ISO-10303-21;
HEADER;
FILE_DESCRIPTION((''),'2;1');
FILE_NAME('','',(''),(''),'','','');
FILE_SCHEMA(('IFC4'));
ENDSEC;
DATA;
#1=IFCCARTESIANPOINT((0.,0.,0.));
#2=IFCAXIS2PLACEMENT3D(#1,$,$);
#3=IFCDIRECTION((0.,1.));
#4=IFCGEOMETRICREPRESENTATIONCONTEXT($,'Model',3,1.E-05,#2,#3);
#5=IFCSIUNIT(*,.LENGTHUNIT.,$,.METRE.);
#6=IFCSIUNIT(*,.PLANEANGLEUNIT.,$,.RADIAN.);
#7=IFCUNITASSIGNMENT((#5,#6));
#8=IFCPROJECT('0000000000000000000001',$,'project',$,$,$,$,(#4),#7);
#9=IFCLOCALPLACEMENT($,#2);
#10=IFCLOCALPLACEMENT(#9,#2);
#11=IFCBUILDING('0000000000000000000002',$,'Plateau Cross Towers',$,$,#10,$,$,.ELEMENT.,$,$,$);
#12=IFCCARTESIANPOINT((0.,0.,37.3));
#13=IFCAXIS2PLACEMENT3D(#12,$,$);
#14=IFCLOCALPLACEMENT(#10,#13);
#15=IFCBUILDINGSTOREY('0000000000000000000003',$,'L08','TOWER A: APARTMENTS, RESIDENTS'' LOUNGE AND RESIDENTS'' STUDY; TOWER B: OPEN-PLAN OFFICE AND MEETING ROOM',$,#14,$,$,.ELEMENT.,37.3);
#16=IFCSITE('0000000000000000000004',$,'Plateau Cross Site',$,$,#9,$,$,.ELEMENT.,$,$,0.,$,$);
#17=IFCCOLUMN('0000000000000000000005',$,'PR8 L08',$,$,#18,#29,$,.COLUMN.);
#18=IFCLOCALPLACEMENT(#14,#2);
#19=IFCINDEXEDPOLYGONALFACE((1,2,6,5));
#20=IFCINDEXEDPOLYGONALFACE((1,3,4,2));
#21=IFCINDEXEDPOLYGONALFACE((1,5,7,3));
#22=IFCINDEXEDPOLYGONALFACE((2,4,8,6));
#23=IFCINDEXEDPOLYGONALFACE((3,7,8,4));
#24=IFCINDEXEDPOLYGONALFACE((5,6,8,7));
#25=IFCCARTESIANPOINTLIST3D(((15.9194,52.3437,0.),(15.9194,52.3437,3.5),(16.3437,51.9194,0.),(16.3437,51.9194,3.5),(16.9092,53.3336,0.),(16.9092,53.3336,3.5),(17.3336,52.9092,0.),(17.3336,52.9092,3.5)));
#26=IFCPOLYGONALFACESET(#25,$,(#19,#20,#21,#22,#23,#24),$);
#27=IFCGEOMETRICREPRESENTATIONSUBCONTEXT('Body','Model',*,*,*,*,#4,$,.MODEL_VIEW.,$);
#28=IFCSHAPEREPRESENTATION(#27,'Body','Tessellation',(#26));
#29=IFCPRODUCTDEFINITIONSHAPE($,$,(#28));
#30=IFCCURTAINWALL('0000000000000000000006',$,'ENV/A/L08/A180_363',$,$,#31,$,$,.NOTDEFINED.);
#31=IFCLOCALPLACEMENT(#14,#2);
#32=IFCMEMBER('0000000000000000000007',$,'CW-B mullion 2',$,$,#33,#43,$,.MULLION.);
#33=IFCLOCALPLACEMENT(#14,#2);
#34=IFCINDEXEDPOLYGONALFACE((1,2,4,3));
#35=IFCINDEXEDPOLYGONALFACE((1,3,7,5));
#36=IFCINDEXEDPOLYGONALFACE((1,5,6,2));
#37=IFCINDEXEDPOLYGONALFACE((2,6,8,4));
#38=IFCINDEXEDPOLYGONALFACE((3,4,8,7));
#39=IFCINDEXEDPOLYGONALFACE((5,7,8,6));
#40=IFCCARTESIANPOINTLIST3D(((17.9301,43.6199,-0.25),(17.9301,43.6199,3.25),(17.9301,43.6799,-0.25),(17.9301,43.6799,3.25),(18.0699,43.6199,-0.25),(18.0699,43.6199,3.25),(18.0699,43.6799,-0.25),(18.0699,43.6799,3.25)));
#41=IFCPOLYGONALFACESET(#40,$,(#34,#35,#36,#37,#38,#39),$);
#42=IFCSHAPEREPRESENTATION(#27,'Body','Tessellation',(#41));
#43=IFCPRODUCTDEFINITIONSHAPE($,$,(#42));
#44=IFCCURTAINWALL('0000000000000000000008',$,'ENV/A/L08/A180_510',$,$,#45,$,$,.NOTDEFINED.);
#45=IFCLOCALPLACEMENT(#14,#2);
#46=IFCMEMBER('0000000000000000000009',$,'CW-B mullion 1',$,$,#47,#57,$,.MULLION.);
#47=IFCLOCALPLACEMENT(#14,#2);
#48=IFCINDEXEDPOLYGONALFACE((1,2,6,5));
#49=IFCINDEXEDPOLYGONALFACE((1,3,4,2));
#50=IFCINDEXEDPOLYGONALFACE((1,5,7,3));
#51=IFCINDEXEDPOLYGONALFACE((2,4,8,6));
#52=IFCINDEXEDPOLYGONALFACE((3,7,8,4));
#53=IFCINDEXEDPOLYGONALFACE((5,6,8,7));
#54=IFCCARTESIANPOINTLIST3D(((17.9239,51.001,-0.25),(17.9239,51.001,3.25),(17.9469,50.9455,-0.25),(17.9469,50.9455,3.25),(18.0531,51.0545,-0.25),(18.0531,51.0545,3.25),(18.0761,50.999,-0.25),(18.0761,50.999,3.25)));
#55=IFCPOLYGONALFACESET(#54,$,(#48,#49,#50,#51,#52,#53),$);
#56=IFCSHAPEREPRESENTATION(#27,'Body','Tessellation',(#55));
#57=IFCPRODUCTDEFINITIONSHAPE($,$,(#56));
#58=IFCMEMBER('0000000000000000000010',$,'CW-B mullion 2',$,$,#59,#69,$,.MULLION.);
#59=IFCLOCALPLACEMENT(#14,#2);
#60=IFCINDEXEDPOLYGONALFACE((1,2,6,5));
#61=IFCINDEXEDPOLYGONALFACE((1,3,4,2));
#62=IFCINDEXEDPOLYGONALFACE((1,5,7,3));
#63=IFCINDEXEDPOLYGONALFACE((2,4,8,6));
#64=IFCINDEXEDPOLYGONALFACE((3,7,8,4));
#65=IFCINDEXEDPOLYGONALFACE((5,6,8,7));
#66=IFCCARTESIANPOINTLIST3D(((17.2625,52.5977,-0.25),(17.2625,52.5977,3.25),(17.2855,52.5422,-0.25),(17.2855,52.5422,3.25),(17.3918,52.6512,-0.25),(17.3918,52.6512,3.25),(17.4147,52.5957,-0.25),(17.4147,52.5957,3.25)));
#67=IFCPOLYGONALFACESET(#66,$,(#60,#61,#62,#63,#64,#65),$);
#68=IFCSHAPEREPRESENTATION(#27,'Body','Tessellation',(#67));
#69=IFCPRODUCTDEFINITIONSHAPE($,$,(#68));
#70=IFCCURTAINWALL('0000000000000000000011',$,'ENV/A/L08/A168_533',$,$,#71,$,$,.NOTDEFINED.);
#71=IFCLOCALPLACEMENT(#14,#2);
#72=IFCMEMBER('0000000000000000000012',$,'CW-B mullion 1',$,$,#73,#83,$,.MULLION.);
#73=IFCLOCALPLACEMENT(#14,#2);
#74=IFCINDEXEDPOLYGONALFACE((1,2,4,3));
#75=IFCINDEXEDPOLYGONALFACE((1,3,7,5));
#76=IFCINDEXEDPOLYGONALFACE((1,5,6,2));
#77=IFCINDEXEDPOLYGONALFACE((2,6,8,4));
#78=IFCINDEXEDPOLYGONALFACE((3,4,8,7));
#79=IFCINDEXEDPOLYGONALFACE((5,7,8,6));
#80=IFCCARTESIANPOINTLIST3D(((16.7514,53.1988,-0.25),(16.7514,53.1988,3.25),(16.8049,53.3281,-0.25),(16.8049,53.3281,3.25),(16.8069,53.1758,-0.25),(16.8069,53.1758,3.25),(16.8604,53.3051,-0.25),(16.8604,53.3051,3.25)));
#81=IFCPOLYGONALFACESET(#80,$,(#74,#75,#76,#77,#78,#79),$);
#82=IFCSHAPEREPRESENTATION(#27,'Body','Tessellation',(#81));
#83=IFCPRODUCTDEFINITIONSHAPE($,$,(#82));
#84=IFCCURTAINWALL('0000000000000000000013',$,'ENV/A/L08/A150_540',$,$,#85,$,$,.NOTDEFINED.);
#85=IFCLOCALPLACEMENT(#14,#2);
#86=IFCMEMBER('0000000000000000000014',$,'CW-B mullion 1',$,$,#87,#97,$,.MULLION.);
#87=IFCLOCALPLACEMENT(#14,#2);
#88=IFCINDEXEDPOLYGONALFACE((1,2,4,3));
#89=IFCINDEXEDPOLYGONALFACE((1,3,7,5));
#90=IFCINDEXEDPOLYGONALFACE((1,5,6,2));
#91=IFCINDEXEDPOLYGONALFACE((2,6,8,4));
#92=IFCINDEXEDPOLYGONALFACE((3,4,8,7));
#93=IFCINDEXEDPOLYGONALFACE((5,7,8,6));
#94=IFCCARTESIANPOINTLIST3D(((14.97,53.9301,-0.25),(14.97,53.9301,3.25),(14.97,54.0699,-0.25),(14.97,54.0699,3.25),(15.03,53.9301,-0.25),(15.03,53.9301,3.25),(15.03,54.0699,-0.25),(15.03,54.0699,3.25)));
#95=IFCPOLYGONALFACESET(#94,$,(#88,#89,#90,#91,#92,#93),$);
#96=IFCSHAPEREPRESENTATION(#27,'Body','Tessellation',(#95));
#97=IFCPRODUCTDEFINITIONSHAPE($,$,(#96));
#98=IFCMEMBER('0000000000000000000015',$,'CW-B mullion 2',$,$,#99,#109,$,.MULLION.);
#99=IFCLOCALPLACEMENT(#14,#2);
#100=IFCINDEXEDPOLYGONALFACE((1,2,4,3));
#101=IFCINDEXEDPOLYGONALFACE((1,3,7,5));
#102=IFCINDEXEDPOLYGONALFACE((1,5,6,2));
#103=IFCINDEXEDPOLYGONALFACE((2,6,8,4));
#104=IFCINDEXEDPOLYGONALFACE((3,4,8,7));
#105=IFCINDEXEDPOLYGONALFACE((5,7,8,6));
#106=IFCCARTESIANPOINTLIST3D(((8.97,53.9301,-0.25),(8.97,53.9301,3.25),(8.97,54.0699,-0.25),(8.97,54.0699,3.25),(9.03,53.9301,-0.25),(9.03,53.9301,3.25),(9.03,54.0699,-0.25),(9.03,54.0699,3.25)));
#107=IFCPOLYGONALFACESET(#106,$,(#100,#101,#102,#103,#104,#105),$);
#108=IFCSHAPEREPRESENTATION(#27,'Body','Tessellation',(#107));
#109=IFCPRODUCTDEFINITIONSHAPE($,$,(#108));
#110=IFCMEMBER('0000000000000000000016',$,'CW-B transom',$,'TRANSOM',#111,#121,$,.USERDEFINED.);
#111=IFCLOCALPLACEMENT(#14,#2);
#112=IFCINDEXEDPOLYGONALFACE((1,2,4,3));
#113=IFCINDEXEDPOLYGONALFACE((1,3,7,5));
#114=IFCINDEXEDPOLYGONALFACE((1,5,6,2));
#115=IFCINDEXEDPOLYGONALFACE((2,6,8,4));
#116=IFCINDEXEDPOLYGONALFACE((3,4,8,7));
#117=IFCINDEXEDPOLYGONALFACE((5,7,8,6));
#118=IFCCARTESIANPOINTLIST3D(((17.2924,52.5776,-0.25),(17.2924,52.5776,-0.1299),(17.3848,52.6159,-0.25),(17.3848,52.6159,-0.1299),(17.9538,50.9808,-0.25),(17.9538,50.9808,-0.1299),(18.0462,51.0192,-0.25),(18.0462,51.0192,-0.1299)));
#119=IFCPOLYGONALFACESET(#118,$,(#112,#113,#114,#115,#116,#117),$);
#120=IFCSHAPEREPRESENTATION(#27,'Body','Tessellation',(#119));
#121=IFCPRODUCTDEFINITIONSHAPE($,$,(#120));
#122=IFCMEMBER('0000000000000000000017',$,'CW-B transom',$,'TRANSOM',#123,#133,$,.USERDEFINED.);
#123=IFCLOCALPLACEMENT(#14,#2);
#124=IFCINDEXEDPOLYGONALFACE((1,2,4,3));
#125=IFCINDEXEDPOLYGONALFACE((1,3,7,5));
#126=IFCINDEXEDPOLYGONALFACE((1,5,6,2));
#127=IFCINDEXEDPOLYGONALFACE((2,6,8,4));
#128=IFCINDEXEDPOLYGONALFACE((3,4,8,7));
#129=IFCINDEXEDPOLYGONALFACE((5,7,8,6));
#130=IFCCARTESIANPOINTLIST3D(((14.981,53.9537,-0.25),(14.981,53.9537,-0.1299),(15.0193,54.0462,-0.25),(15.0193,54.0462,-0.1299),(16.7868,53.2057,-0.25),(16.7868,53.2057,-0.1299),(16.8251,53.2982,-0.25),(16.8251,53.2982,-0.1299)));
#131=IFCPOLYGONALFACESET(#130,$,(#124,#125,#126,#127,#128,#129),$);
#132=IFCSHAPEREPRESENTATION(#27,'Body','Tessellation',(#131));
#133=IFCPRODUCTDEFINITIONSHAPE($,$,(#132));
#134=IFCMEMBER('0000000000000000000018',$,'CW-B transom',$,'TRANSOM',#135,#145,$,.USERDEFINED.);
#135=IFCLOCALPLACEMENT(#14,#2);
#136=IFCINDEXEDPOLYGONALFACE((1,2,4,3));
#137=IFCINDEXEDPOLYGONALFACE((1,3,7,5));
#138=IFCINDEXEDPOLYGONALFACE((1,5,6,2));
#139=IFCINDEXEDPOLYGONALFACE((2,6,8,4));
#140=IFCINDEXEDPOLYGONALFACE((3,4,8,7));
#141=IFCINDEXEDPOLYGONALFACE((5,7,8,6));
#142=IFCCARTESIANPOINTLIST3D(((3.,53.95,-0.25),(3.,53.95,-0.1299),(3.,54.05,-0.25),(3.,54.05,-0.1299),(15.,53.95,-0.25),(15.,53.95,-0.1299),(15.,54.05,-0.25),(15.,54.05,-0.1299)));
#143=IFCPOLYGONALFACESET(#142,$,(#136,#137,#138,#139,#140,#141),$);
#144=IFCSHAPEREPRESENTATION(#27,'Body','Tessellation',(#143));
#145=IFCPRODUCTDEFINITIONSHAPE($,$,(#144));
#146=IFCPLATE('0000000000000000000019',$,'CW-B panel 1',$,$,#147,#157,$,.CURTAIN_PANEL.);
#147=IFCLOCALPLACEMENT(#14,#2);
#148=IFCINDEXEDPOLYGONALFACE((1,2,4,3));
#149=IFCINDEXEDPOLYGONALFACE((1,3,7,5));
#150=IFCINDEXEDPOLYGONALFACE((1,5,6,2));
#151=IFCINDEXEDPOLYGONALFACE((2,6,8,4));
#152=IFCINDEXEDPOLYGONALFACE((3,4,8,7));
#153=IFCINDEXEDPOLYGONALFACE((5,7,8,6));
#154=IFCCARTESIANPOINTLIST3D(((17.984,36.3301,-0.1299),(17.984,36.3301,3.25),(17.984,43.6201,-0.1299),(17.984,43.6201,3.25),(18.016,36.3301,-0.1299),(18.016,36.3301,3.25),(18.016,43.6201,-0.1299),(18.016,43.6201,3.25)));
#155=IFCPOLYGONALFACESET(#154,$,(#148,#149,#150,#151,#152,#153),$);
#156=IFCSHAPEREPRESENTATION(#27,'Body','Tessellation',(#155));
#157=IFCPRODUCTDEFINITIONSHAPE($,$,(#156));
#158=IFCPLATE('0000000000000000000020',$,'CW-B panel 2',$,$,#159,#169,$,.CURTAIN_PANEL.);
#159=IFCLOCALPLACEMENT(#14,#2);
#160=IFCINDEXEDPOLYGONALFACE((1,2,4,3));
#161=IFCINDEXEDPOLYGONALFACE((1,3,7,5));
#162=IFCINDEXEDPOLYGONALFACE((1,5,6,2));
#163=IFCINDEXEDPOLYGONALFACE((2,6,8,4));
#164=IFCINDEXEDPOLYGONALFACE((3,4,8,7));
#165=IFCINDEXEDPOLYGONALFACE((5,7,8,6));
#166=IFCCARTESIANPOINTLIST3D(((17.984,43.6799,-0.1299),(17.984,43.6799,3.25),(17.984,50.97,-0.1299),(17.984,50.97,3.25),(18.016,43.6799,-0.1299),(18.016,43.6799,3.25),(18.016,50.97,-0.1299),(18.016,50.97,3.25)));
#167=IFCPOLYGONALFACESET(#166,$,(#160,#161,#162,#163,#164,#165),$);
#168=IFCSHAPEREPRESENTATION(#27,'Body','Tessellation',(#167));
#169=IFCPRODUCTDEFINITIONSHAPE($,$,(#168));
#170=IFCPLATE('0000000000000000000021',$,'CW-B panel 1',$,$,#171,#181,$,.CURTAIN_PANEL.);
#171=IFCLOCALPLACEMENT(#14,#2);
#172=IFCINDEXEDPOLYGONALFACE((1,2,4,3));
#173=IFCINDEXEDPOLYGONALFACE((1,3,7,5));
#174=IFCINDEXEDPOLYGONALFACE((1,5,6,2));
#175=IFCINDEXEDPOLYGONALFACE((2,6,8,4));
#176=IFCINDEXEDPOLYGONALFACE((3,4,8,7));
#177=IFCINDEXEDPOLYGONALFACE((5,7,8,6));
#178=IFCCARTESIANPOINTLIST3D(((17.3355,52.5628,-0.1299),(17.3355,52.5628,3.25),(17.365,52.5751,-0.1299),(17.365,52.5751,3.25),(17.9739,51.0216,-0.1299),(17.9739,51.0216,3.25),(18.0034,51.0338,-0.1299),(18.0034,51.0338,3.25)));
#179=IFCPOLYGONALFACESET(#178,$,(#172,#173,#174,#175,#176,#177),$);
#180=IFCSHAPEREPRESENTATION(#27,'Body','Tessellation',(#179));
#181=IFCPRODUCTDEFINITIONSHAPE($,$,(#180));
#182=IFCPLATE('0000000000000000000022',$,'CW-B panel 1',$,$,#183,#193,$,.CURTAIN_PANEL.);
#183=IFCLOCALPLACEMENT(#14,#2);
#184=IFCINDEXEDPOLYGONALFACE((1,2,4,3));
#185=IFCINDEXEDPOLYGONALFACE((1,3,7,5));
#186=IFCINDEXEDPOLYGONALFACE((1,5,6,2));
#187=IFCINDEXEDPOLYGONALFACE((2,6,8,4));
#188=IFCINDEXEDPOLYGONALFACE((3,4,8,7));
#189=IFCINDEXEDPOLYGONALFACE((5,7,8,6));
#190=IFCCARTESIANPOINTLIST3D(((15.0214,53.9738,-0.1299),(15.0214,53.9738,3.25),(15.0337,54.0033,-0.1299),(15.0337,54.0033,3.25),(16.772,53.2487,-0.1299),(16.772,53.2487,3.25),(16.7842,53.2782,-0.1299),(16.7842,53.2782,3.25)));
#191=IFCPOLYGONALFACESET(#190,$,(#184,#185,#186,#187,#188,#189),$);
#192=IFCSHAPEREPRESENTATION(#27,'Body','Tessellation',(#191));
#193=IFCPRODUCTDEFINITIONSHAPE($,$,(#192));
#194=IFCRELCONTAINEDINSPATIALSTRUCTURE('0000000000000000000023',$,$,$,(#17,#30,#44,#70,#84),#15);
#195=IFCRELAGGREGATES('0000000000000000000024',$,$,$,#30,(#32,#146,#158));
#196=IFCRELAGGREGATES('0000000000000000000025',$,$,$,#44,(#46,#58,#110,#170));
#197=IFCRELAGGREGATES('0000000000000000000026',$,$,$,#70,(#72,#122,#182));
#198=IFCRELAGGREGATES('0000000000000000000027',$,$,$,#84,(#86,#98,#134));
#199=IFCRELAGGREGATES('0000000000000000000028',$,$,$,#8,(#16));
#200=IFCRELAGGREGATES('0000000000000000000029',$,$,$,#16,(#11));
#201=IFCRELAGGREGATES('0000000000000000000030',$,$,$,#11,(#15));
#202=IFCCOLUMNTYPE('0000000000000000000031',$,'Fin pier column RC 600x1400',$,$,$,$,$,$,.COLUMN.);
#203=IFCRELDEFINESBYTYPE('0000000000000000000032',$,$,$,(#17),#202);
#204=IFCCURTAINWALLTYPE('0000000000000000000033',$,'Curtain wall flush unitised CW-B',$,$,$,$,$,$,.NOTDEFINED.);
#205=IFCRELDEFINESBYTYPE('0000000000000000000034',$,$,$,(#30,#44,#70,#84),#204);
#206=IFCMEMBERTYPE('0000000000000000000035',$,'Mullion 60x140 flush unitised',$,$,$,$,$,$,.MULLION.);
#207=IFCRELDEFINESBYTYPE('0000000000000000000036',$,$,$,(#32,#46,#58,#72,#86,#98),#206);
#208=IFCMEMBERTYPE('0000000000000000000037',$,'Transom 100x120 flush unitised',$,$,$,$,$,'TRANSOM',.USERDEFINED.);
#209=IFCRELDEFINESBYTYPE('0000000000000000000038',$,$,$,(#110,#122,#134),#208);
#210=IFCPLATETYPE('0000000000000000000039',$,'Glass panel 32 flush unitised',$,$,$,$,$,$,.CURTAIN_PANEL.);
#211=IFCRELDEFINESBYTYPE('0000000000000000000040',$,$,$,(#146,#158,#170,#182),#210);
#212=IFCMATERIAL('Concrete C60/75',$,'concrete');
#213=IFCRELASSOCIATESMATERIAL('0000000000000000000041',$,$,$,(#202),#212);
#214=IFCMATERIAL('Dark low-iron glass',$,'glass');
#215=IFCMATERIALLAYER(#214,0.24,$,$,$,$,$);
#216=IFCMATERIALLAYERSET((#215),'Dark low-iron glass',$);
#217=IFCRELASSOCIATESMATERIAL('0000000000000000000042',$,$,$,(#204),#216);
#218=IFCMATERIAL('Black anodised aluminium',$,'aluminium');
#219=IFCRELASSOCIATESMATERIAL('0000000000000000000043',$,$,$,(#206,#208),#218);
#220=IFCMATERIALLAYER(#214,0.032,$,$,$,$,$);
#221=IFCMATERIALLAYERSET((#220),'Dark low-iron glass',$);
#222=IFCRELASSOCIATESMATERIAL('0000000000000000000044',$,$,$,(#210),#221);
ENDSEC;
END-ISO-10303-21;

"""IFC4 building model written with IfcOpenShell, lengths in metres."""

from ifc_helpers import new_model, si_unit, direction, frame, origin, origin_2d, place, context, subcontext, project, spatial, rectangle, extrude, material, layer, layer_set, material_profile, profile_set, type_object, element, aggregate, save


model = new_model("IFC4")

# Units and contexts
model_context = context("Model", 3, precision=1e-05, world=origin(), true_north=direction((0.0, 1.0)))
body_context = subcontext(model_context, "Body", "Model", "MODEL_VIEW")
ifc_project = project(units=[si_unit("LENGTHUNIT", "METRE"), si_unit("PLANEANGLEUNIT", "RADIAN")], contexts=[model_context])

# Site, building, storey
site_placement = place(None, origin())
site = spatial("IfcSite", under=ifc_project, at=site_placement, Name="Plateau Cross Site", CompositionType="ELEMENT", RefElevation=0.0)
building_placement = place(site_placement, origin())
building = spatial("IfcBuilding", under=site, at=building_placement, Name="Plateau Cross Towers", CompositionType="ELEMENT")
storey_placement = place(building_placement, frame((0.0, 0.0, 37.3)))
storey = spatial("IfcBuildingStorey", under=building, at=storey_placement, Name="L08", Description="TOWER A: APARTMENTS, RESIDENTS' LOUNGE AND RESIDENTS' STUDY; TOWER B: OPEN-PLAN OFFICE AND MEETING ROOM", CompositionType="ELEMENT", Elevation=37.3)

# Column
ifc_material_1 = material(Name="Concrete C60/75", Category="concrete")
ifc_material_profile_1 = material_profile(ifc_material_1, rectangle(XDim=0.6001, YDim=1.3999, at=origin_2d()), Name="RC 600x1400")
ifc_profile_set_1 = profile_set([ifc_material_profile_1], Name="Concrete C60/75")
column_type = type_object("IfcColumnType", Name="Fin pier column RC 600x1400", PredefinedType="COLUMN", material=ifc_profile_set_1)
column_placement = place(storey_placement, frame((16.6265, 52.6265, 0.0), z_axis=(0.0, 0.0, 1.0), x_axis=(-0.707107, 0.707107, 0.0)))
element("IfcColumn", 1, at=column_placement, inside=storey, type_object=column_type, Name="PR8 L08", PredefinedType="COLUMN", context=body_context, shape_type="SweptSolid", body=[
    extrude(rectangle(XDim=0.6001, YDim=1.3999, at=origin_2d()), origin(), (0.0, 0.0, 1.0), 3.5),
])

# Curtain wall, member
ifc_material_2 = material(Name="Dark low-iron glass", Category="glass")
ifc_layer_1 = layer(ifc_material_2, 0.24)
ifc_layer_set_1 = layer_set([ifc_layer_1], Name="Dark low-iron glass")
curtain_wall_type = type_object("IfcCurtainWallType", Name="Curtain wall flush unitised CW-B", PredefinedType="NOTDEFINED", material=ifc_layer_set_1)
curtain_wall_1_placement = place(storey_placement, origin())
curtain_wall_1 = element("IfcCurtainWall", 2, at=curtain_wall_1_placement, inside=storey, type_object=curtain_wall_type, Name="ENV/A/L08/A180_363", PredefinedType="NOTDEFINED")
ifc_material_3 = material(Name="Black anodised aluminium", Category="aluminium")
ifc_material_profile_2 = material_profile(ifc_material_3, rectangle(XDim=0.0601, YDim=0.1399, at=origin_2d()), Name="MULLION 60x140")
ifc_profile_set_2 = profile_set([ifc_material_profile_2], Name="Black anodised aluminium")
member_type_1 = type_object("IfcMemberType", Name="Mullion 60x140 flush unitised", PredefinedType="MULLION", material=ifc_profile_set_2)
member_1_placement = place(storey_placement, frame((18.0, 43.6499, -0.25), z_axis=(0.0, 0.0, 1.0), x_axis=(0.0, 1.0, 0.0)))
member_1 = element("IfcMember", 3, at=member_1_placement, type_object=member_type_1, Name="CW-B mullion 2", PredefinedType="MULLION", context=body_context, shape_type="SweptSolid", body=[
    extrude(rectangle(XDim=0.0601, YDim=0.1399, at=origin_2d()), origin(), (0.0, 0.0, 1.0), 3.5),
])

# Curtain wall, members
curtain_wall_2_placement = place(storey_placement, origin())
curtain_wall_2 = element("IfcCurtainWall", 4, at=curtain_wall_2_placement, inside=storey, type_object=curtain_wall_type, Name="ENV/A/L08/A180_510", PredefinedType="NOTDEFINED")
member_2_placement = place(storey_placement, frame((18.0, 51.0, -0.25), z_axis=(0.0, 0.0, 1.0), x_axis=(-0.382684, 0.923879, 0.0)))
member_2 = element("IfcMember", 5, at=member_2_placement, type_object=member_type_1, Name="CW-B mullion 1", PredefinedType="MULLION", context=body_context, shape_type="SweptSolid", body=[
    extrude(rectangle(XDim=0.0601, YDim=0.1399, at=origin_2d()), origin(), (0.0, 0.0, 1.0), 3.5),
])
member_3_placement = place(storey_placement, frame((17.3386, 52.5967, -0.25), z_axis=(0.0, 0.0, 1.0), x_axis=(-0.382684, 0.923879, 0.0)))
member_3 = element("IfcMember", 6, at=member_3_placement, type_object=member_type_1, Name="CW-B mullion 2", PredefinedType="MULLION", context=body_context, shape_type="SweptSolid", body=[
    extrude(rectangle(XDim=0.0601, YDim=0.1399, at=origin_2d()), origin(), (0.0, 0.0, 1.0), 3.5),
])

# Curtain wall, member
curtain_wall_3_placement = place(storey_placement, origin())
curtain_wall_3 = element("IfcCurtainWall", 7, at=curtain_wall_3_placement, inside=storey, type_object=curtain_wall_type, Name="ENV/A/L08/A168_533", PredefinedType="NOTDEFINED")
member_4_placement = place(storey_placement, frame((16.8059, 53.252, -0.25), z_axis=(0.0, 0.0, 1.0), x_axis=(-0.923879, 0.382684, 0.0)))
member_4 = element("IfcMember", 8, at=member_4_placement, type_object=member_type_1, Name="CW-B mullion 1", PredefinedType="MULLION", context=body_context, shape_type="SweptSolid", body=[
    extrude(rectangle(XDim=0.0601, YDim=0.1399, at=origin_2d()), origin(), (0.0, 0.0, 1.0), 3.5),
])

# Curtain wall, members
curtain_wall_4_placement = place(storey_placement, origin())
curtain_wall_4 = element("IfcCurtainWall", 9, at=curtain_wall_4_placement, inside=storey, type_object=curtain_wall_type, Name="ENV/A/L08/A150_540", PredefinedType="NOTDEFINED")
member_5_placement = place(storey_placement, frame((15.0, 54.0, -0.25), z_axis=(0.0, 0.0, 1.0), x_axis=(-1.0, 0.0, 0.0)))
member_5 = element("IfcMember", 10, at=member_5_placement, type_object=member_type_1, Name="CW-B mullion 1", PredefinedType="MULLION", context=body_context, shape_type="SweptSolid", body=[
    extrude(rectangle(XDim=0.0601, YDim=0.1399, at=origin_2d()), origin(), (0.0, 0.0, 1.0), 3.5),
])
member_6_placement = place(storey_placement, frame((9.0, 54.0, -0.25), z_axis=(0.0, 0.0, 1.0), x_axis=(-1.0, 0.0, 0.0)))
member_6 = element("IfcMember", 11, at=member_6_placement, type_object=member_type_1, Name="CW-B mullion 2", PredefinedType="MULLION", context=body_context, shape_type="SweptSolid", body=[
    extrude(rectangle(XDim=0.0601, YDim=0.1399, at=origin_2d()), origin(), (0.0, 0.0, 1.0), 3.5),
])

# Members
ifc_material_profile_3 = material_profile(ifc_material_3, rectangle(XDim=0.1001, YDim=0.1201, at=origin_2d()), Name="TRANSOM 100x120")
ifc_profile_set_3 = profile_set([ifc_material_profile_3], Name="Black anodised aluminium")
member_type_2 = type_object("IfcMemberType", Name="Transom 100x120 flush unitised", ElementType="TRANSOM", PredefinedType="USERDEFINED", material=ifc_profile_set_3)
member_7_placement = place(storey_placement, frame((18.0, 51.0, -0.1899), z_axis=(-0.382689, 0.923877, 0.0), x_axis=(-0.923877, -0.382689, 0.0)))
member_7 = element("IfcMember", 12, at=member_7_placement, type_object=member_type_2, Name="CW-B transom", ObjectType="TRANSOM", PredefinedType="USERDEFINED", context=body_context, shape_type="SweptSolid", body=[
    extrude(rectangle(XDim=0.1001, YDim=0.1201, at=origin_2d()), origin(), (0.0, 0.0, 1.0), 1.7283),
])
member_8_placement = place(storey_placement, frame((16.8059, 53.252, -0.1899), z_axis=(-0.923877, 0.38269, 0.0), x_axis=(-0.38269, -0.923877, 0.0)))
member_8 = element("IfcMember", 13, at=member_8_placement, type_object=member_type_2, Name="CW-B transom", ObjectType="TRANSOM", PredefinedType="USERDEFINED", context=body_context, shape_type="SweptSolid", body=[
    extrude(rectangle(XDim=0.1001, YDim=0.1201, at=origin_2d()), origin(), (0.0, 0.0, 1.0), 1.9546),
])
member_9_placement = place(storey_placement, frame((15.0, 54.0, -0.1899), z_axis=(-1.0, 0.0, 0.0), x_axis=(0.0, -1.0, 0.0)))
member_9 = element("IfcMember", 14, at=member_9_placement, type_object=member_type_2, Name="CW-B transom", ObjectType="TRANSOM", PredefinedType="USERDEFINED", context=body_context, shape_type="SweptSolid", body=[
    extrude(rectangle(XDim=0.1001, YDim=0.1201, at=origin_2d()), origin(), (0.0, 0.0, 1.0), 12.0),
])

# Plates
ifc_layer_2 = layer(ifc_material_2, 0.032)
ifc_layer_set_2 = layer_set([ifc_layer_2], Name="Dark low-iron glass")
plate_type = type_object("IfcPlateType", Name="Glass panel 32 flush unitised", PredefinedType="CURTAIN_PANEL", material=ifc_layer_set_2)
plate_1_placement = place(storey_placement, frame((18.0, 39.9751, -0.1299), z_axis=(0.0, 0.0, 1.0), x_axis=(0.0, 1.0, 0.0)))
plate_1 = element("IfcPlate", 15, at=plate_1_placement, type_object=plate_type, Name="CW-B panel 1", PredefinedType="CURTAIN_PANEL", context=body_context, shape_type="SweptSolid", body=[
    extrude(rectangle(XDim=7.29, YDim=0.032, at=origin_2d()), origin(), (0.0, 0.0, 1.0), 3.3799),
])
plate_2_placement = place(storey_placement, frame((18.0, 47.325, -0.1299), z_axis=(0.0, 0.0, 1.0), x_axis=(0.0, 1.0, 0.0)))
plate_2 = element("IfcPlate", 16, at=plate_2_placement, type_object=plate_type, Name="CW-B panel 2", PredefinedType="CURTAIN_PANEL", context=body_context, shape_type="SweptSolid", body=[
    extrude(rectangle(XDim=7.29, YDim=0.032, at=origin_2d()), origin(), (0.0, 0.0, 1.0), 3.3799),
])
aggregate(curtain_wall_1, [member_1, plate_1, plate_2])
plate_3_placement = place(storey_placement, frame((17.6694, 51.7983, -0.1299), z_axis=(0.0, 0.0, 1.0), x_axis=(-0.382684, 0.923879, 0.0)))
plate_3 = element("IfcPlate", 17, at=plate_3_placement, type_object=plate_type, Name="CW-B panel 1", PredefinedType="CURTAIN_PANEL", context=body_context, shape_type="SweptSolid", body=[
    extrude(rectangle(XDim=1.6682, YDim=0.032, at=origin_2d()), origin(), (0.0, 0.0, 1.0), 3.3799),
])
aggregate(curtain_wall_2, [member_2, member_3, member_7, plate_3])
plate_4_placement = place(storey_placement, frame((15.9028, 53.626, -0.1299), z_axis=(0.0, 0.0, 1.0), x_axis=(-0.923879, 0.382684, 0.0)))
plate_4 = element("IfcPlate", 18, at=plate_4_placement, type_object=plate_type, Name="CW-B panel 1", PredefinedType="CURTAIN_PANEL", context=body_context, shape_type="SweptSolid", body=[
    extrude(rectangle(XDim=1.8948, YDim=0.032, at=origin_2d()), origin(), (0.0, 0.0, 1.0), 3.3799),
])
aggregate(curtain_wall_3, [member_4, member_8, plate_4])
aggregate(curtain_wall_4, [member_5, member_6, member_9])

save(model, "model.ifc")
